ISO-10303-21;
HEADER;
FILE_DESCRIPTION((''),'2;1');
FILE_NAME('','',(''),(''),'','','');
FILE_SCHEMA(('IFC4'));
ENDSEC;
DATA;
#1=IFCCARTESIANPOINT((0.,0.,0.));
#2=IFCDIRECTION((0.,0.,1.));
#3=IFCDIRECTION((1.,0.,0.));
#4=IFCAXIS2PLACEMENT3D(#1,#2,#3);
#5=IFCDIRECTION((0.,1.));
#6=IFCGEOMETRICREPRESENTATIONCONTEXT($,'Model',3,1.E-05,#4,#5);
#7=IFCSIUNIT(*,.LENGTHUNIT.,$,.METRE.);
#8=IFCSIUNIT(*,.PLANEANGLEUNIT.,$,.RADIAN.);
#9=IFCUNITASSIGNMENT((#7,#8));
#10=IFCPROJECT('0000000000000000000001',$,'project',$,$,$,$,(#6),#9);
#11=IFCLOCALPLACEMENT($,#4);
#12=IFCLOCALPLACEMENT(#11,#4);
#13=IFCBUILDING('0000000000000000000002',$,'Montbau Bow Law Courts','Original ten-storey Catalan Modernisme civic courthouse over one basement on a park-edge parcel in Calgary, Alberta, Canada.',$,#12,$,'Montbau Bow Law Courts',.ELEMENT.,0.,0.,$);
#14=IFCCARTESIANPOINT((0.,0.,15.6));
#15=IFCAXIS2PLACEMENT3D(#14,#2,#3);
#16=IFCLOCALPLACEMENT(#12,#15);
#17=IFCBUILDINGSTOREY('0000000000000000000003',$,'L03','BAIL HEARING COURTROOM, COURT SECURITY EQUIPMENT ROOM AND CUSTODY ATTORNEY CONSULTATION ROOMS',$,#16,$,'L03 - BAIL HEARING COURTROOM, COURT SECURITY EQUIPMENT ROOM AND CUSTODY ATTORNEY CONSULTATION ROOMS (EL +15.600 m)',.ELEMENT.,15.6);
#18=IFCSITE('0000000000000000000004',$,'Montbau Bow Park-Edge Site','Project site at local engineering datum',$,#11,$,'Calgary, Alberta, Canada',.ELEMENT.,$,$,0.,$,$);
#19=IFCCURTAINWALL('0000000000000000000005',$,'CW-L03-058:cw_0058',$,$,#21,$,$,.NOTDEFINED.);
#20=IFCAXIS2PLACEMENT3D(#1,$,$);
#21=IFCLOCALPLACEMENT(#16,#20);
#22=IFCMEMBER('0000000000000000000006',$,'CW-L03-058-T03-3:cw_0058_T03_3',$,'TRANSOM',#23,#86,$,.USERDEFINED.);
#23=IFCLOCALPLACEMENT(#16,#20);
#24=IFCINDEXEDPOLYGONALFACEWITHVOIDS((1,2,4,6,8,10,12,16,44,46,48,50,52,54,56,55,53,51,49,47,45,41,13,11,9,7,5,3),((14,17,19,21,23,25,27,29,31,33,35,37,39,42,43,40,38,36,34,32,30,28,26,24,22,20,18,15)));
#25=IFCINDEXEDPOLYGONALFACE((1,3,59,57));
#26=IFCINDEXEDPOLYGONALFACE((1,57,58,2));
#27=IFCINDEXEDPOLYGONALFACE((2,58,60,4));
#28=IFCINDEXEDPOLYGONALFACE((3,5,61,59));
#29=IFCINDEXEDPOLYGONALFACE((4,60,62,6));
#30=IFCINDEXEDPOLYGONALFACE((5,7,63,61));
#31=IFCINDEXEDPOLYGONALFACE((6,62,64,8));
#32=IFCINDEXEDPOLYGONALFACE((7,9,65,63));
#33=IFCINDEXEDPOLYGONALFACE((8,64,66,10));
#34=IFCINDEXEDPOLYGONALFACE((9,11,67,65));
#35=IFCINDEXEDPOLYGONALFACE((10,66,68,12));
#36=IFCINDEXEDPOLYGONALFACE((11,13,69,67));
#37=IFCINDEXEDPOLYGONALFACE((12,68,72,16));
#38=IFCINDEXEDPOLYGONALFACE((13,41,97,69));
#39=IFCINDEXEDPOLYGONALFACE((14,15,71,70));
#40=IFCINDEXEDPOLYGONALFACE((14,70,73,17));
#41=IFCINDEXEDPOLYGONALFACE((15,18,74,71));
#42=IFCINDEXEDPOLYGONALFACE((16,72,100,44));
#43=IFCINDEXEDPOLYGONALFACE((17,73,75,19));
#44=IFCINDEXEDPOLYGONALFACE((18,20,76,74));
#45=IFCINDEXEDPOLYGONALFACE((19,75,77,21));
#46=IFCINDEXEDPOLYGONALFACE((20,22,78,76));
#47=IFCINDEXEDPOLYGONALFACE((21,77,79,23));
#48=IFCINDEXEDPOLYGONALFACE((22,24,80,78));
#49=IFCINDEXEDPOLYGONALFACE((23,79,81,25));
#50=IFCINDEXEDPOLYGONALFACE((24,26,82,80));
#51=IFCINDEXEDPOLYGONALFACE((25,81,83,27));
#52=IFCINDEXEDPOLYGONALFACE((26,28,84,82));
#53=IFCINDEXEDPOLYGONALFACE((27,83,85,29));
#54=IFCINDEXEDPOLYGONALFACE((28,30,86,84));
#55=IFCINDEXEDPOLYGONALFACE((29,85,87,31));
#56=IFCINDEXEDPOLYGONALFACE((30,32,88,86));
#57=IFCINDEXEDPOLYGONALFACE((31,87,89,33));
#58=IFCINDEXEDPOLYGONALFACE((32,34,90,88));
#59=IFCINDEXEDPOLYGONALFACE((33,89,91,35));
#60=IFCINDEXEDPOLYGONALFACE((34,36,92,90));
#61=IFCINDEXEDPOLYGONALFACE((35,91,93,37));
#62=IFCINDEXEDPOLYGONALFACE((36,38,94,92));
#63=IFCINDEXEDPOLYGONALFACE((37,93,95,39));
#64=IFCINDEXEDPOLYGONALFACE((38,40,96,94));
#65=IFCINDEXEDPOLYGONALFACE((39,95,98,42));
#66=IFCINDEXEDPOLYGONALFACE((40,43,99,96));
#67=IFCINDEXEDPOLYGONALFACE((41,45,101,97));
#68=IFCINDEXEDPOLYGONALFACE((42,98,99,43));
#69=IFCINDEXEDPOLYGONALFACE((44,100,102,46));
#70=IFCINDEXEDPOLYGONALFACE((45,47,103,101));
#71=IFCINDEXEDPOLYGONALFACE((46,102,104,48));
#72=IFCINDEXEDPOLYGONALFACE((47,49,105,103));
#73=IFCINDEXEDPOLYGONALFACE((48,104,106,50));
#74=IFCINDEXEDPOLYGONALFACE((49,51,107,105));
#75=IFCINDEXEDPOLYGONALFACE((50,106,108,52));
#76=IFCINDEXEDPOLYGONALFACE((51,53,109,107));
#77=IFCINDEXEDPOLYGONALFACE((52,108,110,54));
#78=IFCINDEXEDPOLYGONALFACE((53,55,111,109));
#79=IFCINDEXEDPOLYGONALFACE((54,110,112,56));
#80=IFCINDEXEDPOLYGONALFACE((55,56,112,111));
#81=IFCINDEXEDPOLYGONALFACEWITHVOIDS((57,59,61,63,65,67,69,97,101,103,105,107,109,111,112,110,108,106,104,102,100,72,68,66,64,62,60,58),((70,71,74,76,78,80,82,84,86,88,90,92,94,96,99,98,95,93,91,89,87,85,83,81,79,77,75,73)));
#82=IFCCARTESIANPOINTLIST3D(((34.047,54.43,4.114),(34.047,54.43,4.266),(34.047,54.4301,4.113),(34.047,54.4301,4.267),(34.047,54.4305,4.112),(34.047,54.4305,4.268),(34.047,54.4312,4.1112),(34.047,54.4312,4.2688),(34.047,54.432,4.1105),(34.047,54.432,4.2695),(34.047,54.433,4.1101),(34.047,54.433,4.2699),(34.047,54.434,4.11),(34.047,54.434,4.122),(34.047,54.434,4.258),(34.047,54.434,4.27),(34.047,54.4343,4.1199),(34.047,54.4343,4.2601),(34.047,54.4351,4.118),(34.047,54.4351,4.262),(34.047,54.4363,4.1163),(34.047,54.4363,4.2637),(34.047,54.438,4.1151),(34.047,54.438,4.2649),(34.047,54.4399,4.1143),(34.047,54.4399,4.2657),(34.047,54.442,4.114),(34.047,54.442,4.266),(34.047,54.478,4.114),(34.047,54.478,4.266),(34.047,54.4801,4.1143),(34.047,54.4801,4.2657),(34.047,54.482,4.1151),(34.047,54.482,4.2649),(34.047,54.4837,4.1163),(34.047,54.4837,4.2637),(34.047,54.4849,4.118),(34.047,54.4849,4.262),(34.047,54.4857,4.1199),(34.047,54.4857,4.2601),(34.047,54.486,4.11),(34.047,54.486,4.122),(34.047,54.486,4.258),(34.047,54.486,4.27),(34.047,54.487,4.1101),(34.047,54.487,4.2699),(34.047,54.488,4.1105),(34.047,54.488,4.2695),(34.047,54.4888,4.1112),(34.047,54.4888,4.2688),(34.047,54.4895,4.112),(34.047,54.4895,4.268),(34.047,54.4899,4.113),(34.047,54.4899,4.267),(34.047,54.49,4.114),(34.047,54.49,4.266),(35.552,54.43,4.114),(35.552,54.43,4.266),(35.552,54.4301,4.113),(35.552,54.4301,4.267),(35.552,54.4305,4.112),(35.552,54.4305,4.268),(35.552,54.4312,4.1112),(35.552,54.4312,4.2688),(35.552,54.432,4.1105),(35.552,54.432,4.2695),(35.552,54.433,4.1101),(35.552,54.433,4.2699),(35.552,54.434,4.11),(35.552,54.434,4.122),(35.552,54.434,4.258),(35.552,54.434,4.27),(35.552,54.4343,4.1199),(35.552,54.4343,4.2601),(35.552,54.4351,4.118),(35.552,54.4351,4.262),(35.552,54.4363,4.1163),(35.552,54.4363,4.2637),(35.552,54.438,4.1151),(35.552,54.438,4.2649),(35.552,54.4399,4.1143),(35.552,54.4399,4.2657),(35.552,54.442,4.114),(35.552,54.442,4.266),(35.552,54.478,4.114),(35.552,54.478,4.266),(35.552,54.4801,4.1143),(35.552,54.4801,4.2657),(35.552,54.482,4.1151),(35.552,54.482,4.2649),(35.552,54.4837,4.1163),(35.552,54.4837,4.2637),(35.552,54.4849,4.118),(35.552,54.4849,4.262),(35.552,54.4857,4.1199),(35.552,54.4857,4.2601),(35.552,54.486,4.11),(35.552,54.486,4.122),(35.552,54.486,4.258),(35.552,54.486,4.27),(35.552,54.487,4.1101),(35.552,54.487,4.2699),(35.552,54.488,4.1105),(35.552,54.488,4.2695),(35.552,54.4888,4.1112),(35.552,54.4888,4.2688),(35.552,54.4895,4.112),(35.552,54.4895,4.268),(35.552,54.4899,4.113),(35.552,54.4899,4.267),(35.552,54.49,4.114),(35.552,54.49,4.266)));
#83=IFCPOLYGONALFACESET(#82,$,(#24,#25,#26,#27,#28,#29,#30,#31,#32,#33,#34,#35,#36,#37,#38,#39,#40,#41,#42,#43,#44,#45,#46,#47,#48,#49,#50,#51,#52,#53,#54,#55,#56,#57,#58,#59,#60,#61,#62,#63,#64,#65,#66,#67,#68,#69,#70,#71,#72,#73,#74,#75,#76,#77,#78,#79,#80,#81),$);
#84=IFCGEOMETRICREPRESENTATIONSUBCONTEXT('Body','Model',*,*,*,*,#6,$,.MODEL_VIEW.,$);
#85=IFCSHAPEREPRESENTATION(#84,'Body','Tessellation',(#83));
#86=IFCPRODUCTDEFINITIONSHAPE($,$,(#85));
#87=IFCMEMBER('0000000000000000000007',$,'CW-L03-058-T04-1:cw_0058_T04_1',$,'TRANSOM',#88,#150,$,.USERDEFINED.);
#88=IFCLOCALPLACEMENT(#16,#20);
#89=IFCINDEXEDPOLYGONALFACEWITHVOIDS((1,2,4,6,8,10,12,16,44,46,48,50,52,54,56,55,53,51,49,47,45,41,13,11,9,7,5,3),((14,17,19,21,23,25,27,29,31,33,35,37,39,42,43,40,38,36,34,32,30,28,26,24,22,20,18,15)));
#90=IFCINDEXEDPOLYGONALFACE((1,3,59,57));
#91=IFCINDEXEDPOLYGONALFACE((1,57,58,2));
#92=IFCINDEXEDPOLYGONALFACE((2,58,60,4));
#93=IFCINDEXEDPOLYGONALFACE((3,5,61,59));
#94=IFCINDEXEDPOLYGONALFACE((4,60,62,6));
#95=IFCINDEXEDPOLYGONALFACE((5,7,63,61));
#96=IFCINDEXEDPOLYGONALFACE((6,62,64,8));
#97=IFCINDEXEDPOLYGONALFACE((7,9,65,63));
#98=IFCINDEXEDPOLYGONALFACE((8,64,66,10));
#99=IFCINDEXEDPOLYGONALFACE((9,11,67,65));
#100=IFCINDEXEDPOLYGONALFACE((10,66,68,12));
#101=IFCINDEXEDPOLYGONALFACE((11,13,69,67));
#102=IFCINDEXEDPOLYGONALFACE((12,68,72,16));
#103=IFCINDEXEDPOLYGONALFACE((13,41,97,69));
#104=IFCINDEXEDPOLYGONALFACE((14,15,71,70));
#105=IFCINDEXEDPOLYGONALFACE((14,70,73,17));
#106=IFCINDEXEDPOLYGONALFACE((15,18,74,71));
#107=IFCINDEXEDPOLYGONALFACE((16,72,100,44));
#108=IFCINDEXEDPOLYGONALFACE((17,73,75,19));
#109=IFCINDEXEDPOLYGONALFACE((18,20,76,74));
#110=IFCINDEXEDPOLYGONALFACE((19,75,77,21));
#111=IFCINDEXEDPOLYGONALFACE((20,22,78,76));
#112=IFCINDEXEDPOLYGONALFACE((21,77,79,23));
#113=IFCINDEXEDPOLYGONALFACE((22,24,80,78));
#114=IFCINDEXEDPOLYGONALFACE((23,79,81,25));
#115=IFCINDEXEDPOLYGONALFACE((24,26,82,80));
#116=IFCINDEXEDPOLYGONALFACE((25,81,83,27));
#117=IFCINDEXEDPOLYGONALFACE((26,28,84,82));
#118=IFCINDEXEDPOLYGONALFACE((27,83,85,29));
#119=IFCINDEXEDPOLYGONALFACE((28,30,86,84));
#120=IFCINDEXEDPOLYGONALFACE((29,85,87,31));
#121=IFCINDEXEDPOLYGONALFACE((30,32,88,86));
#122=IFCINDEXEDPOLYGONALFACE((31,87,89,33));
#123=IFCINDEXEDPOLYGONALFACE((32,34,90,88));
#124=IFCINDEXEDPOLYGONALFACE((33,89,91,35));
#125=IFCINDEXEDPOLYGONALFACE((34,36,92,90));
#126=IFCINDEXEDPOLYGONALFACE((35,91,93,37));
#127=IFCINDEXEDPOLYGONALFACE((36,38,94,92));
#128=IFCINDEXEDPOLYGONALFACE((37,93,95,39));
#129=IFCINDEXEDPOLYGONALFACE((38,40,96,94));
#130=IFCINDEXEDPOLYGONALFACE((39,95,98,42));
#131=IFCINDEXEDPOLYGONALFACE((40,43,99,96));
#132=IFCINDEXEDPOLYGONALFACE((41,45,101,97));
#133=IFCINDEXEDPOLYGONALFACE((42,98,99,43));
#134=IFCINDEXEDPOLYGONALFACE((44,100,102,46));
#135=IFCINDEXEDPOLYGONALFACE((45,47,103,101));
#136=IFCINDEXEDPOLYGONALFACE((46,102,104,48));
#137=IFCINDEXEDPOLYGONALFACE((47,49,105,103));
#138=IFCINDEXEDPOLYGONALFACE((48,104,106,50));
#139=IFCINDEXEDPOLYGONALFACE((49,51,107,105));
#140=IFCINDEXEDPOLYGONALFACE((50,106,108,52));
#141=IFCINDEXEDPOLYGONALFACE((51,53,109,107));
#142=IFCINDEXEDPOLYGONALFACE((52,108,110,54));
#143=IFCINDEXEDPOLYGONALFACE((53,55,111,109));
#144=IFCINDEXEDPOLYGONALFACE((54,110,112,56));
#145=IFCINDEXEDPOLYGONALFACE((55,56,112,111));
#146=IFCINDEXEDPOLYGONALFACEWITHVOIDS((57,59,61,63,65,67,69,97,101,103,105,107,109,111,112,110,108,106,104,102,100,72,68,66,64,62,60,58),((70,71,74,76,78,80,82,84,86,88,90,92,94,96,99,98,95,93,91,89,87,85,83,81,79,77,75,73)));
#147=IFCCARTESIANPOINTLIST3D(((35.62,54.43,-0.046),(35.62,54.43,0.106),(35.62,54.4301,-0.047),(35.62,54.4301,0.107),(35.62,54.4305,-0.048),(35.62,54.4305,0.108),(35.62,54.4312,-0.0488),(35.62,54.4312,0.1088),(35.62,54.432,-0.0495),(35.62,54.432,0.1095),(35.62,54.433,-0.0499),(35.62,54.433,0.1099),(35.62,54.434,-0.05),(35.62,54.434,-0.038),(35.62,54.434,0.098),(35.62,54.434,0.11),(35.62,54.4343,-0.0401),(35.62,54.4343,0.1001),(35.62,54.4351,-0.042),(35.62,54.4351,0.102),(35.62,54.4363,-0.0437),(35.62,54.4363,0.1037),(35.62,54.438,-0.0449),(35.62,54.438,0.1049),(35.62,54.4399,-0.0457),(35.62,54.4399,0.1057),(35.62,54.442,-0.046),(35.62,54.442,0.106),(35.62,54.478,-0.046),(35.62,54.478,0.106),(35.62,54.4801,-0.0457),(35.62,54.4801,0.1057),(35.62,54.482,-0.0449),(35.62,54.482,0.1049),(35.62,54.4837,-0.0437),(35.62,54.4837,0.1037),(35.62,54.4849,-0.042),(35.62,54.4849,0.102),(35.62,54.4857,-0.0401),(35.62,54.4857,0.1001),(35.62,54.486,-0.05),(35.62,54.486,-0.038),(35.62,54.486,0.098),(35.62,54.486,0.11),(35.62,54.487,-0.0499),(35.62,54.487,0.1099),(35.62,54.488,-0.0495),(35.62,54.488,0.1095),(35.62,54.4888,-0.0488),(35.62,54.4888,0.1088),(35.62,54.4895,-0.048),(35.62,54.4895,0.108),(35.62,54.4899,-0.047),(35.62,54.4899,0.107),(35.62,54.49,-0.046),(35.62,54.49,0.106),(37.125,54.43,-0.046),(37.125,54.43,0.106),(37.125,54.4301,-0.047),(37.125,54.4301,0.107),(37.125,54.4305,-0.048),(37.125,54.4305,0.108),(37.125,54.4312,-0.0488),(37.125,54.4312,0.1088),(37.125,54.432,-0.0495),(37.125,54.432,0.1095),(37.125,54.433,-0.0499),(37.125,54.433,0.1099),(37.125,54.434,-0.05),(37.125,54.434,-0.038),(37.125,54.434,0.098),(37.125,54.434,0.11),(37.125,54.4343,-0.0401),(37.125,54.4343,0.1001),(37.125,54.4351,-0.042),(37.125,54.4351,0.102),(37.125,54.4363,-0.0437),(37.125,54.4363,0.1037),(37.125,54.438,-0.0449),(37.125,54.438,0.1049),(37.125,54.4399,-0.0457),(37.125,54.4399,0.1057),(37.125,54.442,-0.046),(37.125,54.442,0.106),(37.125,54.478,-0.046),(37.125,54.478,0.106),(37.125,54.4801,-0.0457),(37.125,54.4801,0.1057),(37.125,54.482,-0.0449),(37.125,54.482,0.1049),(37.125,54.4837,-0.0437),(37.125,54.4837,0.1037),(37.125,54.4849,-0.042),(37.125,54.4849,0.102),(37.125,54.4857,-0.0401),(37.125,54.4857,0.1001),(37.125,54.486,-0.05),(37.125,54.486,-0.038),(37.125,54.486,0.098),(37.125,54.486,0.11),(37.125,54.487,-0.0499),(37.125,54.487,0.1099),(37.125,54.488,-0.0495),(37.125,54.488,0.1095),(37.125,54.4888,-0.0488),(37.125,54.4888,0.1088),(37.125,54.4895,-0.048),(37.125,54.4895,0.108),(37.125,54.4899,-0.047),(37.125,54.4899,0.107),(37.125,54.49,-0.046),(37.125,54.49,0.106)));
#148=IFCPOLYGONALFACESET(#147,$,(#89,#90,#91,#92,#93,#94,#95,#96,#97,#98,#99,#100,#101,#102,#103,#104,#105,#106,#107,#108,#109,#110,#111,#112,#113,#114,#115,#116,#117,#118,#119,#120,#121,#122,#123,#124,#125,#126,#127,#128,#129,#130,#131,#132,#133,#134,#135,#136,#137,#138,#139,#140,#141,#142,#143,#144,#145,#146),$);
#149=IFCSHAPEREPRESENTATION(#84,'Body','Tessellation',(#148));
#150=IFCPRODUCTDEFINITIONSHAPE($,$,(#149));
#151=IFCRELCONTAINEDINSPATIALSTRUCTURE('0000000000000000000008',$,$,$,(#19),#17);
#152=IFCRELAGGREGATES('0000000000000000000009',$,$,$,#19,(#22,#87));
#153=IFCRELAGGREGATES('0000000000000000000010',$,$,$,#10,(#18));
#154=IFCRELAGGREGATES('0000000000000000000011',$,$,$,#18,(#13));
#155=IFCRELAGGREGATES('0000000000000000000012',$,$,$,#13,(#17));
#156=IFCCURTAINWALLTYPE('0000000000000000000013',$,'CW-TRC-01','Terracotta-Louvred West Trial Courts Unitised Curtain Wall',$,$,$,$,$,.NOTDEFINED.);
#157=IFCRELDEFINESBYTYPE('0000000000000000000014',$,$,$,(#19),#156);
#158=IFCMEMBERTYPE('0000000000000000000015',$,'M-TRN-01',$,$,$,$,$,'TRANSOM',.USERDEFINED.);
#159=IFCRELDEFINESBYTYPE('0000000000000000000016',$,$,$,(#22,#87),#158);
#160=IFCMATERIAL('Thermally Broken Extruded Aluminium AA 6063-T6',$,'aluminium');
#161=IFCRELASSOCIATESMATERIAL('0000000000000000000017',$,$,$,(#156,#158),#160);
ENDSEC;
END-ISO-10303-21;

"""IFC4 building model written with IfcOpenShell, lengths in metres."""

from ifc_helpers import new_model, si_unit, direction, frame, origin_with_axes, origin_2d_with_axis, place, context, subcontext, project, spatial, hollow_rectangle, extrude, material, material_profile, profile_set, type_object, element, aggregate, save


model = new_model("IFC4")

# Units and contexts
model_context = context("Model", 3, precision=1e-05, world=origin_with_axes(), true_north=direction((0.0, 1.0)))
body_context = subcontext(model_context, "Body", "Model", "MODEL_VIEW")
ifc_project = project(units=[si_unit("LENGTHUNIT", "METRE"), si_unit("PLANEANGLEUNIT", "RADIAN")], contexts=[model_context])

# Site, building, storey
site_placement = place(None, origin_with_axes())
site = spatial("IfcSite", under=ifc_project, at=site_placement, Name="Montbau Bow Park-Edge Site", Description="Project site at local engineering datum", LongName="Calgary, Alberta, Canada", CompositionType="ELEMENT", RefElevation=0.0)
building_placement = place(site_placement, origin_with_axes())
building = spatial("IfcBuilding", under=site, at=building_placement, Name="Montbau Bow Law Courts", Description="Original ten-storey Catalan Modernisme civic courthouse over one basement on a park-edge parcel in Calgary, Alberta, Canada.", LongName="Montbau Bow Law Courts", CompositionType="ELEMENT", ElevationOfRefHeight=0.0, ElevationOfTerrain=0.0)
storey_placement = place(building_placement, frame((0.0, 0.0, 15.6), z_axis=(0.0, 0.0, 1.0), x_axis=(1.0, 0.0, 0.0)))
storey = spatial("IfcBuildingStorey", under=building, at=storey_placement, Name="L03", Description="BAIL HEARING COURTROOM, COURT SECURITY EQUIPMENT ROOM AND CUSTODY ATTORNEY CONSULTATION ROOMS", LongName="L03 - BAIL HEARING COURTROOM, COURT SECURITY EQUIPMENT ROOM AND CUSTODY ATTORNEY CONSULTATION ROOMS (EL +15.600 m)", CompositionType="ELEMENT", Elevation=15.6)

# Curtain wall, members
ifc_material_1 = material(Name="Thermally Broken Extruded Aluminium AA 6063-T6", Category="aluminium")
curtain_wall_type = type_object("IfcCurtainWallType", Name="CW-TRC-01", Description="Terracotta-Louvred West Trial Courts Unitised Curtain Wall", PredefinedType="NOTDEFINED", material=ifc_material_1)
curtain_wall_placement = place(None, frame((30.867, 54.46, 15.6), z_axis=(0.0, 0.0, 1.0), x_axis=(1.0, 0.0, 0.0)))
curtain_wall = element("IfcCurtainWall", 1, at=curtain_wall_placement, inside=storey, type_object=curtain_wall_type, Name="CW-L03-058:cw_0058", PredefinedType="NOTDEFINED")
ifc_material_profile_1 = material_profile(ifc_material_1, hollow_rectangle(XDim=0.06, YDim=0.16, WallThickness=0.004, InnerFilletRadius=0.008, OuterFilletRadius=0.004, at=origin_2d_with_axis()), Name="CWT-160X60", Category="Main", Priority=0)
ifc_profile_set_1 = profile_set([ifc_material_profile_1], Name="Thermally Broken Extruded Aluminium AA 6063-T6")
member_type_1 = type_object("IfcMemberType", Name="M-TRN-01", ElementType="TRANSOM", PredefinedType="USERDEFINED", material=ifc_profile_set_1)
member_1_placement = place(None, frame((34.047, 54.46, 19.79), z_axis=(1.0, 0.0, 0.0), x_axis=(0.0, 1.0, 0.0)))
member_1 = element("IfcMember", 2, at=member_1_placement, type_object=member_type_1, Name="CW-L03-058-T03-3:cw_0058_T03_3", ObjectType="TRANSOM", PredefinedType="USERDEFINED", context=body_context, shape_type="SweptSolid", body=[
    extrude(hollow_rectangle(XDim=0.06, YDim=0.16, WallThickness=0.004, InnerFilletRadius=0.008, OuterFilletRadius=0.004, at=origin_2d_with_axis()), origin_with_axes(), (0.0, 0.0, 1.0), 1.505),
])
member_2_placement = place(None, frame((35.62, 54.46, 15.63), z_axis=(1.0, 0.0, 0.0), x_axis=(0.0, 1.0, 0.0)))
member_2 = element("IfcMember", 3, at=member_2_placement, type_object=member_type_1, Name="CW-L03-058-T04-1:cw_0058_T04_1", ObjectType="TRANSOM", PredefinedType="USERDEFINED", context=body_context, shape_type="SweptSolid", body=[
    extrude(hollow_rectangle(XDim=0.06, YDim=0.16, WallThickness=0.004, InnerFilletRadius=0.008, OuterFilletRadius=0.004, at=origin_2d_with_axis()), origin_with_axes(), (0.0, 0.0, 1.0), 1.505),
])
aggregate(curtain_wall, [member_1, member_2])

save(model, "model.ifc")
